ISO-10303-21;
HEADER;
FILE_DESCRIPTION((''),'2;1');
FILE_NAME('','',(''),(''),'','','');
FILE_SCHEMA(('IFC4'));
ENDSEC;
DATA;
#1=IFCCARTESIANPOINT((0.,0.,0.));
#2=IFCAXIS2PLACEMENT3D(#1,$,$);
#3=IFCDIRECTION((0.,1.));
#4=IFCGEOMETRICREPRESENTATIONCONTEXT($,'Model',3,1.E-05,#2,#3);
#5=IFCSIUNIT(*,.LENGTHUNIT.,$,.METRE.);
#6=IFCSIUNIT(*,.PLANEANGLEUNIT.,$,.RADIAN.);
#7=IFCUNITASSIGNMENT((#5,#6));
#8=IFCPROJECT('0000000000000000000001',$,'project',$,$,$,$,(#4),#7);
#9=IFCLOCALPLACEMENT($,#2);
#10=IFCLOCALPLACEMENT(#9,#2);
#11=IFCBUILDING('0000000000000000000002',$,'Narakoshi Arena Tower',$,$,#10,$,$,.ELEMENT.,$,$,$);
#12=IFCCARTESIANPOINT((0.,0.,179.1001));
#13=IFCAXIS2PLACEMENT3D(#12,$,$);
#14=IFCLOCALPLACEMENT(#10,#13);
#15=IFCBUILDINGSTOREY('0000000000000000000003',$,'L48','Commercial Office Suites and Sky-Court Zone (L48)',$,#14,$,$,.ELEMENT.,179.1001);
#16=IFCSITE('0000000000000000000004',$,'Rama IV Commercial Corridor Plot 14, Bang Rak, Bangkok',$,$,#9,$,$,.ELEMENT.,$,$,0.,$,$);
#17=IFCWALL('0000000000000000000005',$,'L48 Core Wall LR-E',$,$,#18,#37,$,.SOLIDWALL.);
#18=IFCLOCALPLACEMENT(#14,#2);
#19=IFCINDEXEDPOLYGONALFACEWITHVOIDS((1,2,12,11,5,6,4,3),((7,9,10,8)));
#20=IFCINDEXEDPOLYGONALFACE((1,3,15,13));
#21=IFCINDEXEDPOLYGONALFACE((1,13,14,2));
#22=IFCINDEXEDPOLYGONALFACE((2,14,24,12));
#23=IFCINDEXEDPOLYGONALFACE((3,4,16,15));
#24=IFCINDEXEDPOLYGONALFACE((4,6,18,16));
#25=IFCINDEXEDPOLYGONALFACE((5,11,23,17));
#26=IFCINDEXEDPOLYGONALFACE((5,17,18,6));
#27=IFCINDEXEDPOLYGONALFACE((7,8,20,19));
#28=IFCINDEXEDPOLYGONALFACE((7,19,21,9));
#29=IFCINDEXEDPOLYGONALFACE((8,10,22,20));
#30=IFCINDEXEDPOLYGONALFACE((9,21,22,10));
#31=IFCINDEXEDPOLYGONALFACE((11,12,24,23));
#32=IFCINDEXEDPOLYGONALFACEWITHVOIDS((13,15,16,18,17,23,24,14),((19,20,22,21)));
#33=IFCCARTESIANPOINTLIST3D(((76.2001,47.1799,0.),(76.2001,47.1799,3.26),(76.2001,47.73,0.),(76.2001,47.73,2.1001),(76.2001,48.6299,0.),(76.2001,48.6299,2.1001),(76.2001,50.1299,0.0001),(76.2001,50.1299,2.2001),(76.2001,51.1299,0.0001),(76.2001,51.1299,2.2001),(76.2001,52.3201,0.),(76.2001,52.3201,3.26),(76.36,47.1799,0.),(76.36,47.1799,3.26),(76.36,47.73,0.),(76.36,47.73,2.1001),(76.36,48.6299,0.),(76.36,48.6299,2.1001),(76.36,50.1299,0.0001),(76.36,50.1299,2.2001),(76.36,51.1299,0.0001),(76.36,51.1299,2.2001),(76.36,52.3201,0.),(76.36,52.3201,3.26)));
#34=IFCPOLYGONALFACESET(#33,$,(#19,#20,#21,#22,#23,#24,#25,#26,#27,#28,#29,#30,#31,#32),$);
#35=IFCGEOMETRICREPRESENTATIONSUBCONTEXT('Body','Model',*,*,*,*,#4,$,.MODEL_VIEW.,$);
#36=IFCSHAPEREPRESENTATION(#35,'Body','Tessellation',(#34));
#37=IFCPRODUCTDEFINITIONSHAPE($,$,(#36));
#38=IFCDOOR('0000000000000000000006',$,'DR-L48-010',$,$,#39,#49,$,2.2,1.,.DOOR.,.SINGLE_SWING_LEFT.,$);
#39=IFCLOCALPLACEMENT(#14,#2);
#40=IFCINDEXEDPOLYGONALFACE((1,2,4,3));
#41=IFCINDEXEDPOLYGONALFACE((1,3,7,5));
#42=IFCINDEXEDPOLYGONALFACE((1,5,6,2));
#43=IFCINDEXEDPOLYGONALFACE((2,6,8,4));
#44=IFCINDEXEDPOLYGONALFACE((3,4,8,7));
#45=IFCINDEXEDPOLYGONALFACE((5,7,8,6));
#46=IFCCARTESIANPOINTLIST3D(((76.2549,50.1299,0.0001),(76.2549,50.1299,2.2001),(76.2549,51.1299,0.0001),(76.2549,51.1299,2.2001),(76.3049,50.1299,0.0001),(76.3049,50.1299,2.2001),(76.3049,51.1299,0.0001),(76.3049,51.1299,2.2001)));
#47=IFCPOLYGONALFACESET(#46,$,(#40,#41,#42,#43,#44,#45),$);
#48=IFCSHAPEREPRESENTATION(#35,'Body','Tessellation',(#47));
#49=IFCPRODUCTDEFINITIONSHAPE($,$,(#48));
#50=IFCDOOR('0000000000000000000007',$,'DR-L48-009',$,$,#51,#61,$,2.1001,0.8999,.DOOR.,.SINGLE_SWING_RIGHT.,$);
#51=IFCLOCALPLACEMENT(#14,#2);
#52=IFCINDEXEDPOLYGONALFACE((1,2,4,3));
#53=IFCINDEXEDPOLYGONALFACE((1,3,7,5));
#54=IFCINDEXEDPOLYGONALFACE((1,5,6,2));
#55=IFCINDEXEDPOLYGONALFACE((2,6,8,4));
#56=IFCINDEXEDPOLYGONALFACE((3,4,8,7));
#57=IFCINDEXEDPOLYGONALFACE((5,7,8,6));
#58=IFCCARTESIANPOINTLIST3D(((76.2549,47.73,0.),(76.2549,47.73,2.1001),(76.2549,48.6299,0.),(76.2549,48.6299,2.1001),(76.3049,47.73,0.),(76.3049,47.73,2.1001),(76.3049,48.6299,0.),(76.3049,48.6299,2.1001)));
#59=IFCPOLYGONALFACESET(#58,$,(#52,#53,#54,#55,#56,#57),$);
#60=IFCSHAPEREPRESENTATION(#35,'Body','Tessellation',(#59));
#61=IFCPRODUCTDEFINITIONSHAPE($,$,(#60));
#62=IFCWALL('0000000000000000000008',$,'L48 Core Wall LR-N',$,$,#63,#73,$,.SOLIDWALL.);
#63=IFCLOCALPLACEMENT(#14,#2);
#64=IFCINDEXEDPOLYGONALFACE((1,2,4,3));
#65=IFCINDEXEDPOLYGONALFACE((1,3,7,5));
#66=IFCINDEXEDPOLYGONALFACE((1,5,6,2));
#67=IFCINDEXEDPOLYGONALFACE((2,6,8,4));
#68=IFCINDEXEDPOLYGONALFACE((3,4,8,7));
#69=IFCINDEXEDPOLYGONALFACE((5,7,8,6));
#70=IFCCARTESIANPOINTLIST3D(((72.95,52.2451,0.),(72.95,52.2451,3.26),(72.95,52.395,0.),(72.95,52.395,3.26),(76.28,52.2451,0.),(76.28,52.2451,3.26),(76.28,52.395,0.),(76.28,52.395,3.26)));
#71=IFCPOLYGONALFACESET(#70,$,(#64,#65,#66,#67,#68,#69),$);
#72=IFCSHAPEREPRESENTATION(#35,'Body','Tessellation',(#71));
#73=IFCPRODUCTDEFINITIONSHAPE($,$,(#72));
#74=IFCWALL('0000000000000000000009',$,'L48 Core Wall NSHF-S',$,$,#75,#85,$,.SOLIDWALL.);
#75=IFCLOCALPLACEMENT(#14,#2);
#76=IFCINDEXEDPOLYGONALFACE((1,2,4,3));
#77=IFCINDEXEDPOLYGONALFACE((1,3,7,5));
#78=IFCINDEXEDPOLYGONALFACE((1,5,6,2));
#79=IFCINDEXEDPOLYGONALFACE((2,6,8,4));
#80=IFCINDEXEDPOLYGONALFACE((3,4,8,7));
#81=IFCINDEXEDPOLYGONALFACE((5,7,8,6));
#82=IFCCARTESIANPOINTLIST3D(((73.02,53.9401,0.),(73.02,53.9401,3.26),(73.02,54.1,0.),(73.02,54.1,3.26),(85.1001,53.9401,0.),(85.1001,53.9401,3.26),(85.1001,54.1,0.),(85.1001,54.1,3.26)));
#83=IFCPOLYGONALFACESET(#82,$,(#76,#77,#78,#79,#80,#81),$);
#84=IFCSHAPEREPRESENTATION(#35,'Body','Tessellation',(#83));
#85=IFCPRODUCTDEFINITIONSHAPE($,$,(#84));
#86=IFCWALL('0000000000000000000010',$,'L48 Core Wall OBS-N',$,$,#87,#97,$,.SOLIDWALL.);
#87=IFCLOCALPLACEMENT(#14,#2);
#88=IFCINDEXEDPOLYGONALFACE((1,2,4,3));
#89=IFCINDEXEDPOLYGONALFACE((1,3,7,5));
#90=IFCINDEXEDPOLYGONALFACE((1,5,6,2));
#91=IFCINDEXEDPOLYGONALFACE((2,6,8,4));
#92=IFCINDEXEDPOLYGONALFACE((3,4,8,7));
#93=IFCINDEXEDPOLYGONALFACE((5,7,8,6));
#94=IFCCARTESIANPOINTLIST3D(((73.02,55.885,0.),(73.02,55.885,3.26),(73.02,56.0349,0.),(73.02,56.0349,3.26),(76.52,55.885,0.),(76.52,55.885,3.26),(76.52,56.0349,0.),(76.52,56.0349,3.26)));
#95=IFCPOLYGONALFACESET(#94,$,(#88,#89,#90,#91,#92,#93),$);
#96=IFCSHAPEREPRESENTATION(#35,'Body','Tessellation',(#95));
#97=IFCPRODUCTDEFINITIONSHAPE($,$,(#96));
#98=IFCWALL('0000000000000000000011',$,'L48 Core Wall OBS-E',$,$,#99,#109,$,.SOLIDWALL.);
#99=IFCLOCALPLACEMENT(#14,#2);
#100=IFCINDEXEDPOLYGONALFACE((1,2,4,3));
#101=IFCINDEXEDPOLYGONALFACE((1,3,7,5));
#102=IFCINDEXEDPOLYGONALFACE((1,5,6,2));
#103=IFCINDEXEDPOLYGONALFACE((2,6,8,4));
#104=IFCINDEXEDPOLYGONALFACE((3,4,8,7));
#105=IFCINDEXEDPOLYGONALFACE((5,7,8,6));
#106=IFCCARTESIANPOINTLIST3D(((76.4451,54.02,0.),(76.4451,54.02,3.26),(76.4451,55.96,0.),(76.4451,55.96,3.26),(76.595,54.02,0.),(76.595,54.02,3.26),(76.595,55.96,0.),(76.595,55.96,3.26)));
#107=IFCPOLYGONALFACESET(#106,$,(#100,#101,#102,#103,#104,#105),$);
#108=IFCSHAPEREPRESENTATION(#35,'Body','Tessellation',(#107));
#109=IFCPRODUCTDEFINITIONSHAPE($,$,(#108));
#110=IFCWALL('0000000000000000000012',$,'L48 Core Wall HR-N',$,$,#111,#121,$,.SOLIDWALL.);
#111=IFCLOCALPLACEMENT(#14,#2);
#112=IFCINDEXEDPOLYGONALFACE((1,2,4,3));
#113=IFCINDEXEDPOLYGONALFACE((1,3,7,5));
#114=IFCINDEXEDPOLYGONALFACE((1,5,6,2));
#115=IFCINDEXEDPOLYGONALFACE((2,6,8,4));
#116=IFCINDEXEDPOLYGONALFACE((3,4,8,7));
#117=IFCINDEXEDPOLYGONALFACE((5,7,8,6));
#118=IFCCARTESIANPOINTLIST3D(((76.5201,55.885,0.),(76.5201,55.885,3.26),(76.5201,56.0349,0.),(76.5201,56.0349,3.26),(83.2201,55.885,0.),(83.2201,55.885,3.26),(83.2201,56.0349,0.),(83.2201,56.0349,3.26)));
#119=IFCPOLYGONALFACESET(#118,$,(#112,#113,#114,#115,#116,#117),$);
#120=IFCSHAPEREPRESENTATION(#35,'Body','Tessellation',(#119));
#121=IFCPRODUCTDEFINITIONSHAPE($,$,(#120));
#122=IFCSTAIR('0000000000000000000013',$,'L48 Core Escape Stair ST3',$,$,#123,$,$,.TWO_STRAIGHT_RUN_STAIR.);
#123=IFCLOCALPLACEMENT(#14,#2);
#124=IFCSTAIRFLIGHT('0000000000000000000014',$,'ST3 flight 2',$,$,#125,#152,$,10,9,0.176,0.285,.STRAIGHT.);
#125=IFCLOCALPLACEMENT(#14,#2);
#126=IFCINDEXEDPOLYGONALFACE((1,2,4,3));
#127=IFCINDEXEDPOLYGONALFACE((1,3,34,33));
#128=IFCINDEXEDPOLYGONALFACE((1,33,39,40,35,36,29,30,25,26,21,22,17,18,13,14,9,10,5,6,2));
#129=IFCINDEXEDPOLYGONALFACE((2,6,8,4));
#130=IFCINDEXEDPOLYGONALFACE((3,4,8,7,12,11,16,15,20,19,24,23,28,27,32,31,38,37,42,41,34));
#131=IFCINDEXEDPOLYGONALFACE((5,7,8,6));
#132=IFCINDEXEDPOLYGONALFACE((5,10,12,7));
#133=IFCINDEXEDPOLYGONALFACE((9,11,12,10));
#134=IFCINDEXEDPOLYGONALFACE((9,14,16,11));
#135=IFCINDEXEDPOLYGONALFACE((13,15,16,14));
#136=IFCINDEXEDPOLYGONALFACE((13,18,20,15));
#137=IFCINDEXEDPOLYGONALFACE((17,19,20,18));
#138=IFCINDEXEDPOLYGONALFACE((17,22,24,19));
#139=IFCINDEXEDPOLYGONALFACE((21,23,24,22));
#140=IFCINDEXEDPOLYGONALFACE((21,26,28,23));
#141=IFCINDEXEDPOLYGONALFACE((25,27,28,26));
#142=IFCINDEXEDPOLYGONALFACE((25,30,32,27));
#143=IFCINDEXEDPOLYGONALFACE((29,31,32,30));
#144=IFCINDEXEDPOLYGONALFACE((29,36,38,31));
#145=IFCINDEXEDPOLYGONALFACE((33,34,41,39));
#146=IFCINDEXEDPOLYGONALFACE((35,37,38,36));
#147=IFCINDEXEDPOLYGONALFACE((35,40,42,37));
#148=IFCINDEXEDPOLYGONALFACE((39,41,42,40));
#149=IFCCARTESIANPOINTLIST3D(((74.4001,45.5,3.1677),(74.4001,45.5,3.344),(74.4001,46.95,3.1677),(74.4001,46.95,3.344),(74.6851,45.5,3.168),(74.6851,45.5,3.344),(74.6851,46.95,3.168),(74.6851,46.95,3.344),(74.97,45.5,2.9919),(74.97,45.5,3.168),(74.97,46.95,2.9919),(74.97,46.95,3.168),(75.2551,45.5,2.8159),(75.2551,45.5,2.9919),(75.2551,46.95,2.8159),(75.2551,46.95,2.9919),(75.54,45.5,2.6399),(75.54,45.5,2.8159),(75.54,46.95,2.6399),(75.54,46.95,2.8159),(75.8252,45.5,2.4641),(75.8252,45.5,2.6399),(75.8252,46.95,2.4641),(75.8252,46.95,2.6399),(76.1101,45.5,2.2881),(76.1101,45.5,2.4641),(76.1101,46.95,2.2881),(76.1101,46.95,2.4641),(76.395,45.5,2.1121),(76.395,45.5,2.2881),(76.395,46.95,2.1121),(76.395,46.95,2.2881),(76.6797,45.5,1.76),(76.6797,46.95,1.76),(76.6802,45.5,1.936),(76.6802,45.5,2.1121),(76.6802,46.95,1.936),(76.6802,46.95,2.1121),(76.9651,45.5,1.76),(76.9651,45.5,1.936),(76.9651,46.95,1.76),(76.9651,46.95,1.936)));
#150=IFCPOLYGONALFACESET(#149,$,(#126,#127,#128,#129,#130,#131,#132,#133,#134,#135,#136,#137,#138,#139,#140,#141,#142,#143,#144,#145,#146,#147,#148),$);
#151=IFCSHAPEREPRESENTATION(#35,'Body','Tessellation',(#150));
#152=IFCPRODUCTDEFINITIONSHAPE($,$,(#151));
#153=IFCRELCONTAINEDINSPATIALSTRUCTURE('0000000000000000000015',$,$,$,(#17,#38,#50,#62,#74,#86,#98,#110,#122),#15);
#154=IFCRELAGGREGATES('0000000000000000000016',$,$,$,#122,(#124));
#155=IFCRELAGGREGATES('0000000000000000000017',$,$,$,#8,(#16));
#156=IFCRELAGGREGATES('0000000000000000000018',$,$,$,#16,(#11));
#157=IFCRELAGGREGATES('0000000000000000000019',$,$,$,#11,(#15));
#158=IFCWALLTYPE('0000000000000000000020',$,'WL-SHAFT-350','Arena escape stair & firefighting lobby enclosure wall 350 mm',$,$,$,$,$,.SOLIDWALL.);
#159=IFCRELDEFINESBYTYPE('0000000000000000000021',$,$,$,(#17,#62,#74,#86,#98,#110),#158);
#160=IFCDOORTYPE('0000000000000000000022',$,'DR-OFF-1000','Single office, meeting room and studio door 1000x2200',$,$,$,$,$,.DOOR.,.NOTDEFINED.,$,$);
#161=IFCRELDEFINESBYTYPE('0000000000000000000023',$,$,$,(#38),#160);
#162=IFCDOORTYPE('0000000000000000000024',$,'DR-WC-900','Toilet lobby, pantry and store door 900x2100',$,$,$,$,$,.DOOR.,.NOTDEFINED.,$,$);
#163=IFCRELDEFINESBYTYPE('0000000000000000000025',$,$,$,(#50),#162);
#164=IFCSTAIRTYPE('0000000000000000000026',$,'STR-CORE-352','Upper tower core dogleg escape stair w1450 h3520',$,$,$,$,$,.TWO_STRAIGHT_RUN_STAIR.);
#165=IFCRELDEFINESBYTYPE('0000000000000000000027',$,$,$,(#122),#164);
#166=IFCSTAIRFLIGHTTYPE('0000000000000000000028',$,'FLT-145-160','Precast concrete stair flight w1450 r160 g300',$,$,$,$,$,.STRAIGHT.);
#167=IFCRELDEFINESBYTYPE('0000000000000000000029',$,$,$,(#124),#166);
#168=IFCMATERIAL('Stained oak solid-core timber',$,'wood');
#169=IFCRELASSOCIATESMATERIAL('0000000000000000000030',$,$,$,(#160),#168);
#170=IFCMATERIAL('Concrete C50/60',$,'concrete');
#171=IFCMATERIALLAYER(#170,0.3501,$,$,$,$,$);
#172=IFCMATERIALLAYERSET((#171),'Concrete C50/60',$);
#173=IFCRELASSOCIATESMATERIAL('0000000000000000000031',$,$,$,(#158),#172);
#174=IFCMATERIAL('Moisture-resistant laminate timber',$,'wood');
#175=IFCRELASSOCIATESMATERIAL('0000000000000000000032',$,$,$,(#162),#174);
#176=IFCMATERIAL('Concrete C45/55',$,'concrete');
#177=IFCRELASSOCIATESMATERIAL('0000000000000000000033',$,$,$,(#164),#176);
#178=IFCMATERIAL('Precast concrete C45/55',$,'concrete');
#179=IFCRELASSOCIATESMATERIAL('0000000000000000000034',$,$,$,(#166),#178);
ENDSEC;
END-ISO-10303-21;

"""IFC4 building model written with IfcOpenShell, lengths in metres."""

from ifc_helpers import new_model, si_unit, direction, frame, frame_2d, origin, place, context, subcontext, project, spatial, polyline, rectangle, outline, extrude, material, layer, layer_set, type_object, element, fill, aggregate, save


model = new_model("IFC4")

# Units and contexts
model_context = context("Model", 3, precision=1e-05, world=origin(), true_north=direction((0.0, 1.0)))
body_context = subcontext(model_context, "Body", "Model", "MODEL_VIEW")
ifc_project = project(units=[si_unit("LENGTHUNIT", "METRE"), si_unit("PLANEANGLEUNIT", "RADIAN")], contexts=[model_context])

# Site, building, storey
site_placement = place(None, origin())
site = spatial("IfcSite", under=ifc_project, at=site_placement, Name="Rama IV Commercial Corridor Plot 14, Bang Rak, Bangkok", CompositionType="ELEMENT", RefElevation=0.0)
building_placement = place(site_placement, origin())
building = spatial("IfcBuilding", under=site, at=building_placement, Name="Narakoshi Arena Tower", CompositionType="ELEMENT")
storey_placement = place(building_placement, frame((0.0, 0.0, 179.1001)))
storey = spatial("IfcBuildingStorey", under=building, at=storey_placement, Name="L48", Description="Commercial Office Suites and Sky-Court Zone (L48)", CompositionType="ELEMENT", Elevation=179.1001)

# Shared definitions
ifc_material_1 = material(Name="Stained oak solid-core timber", Category="wood")
door_type_1 = type_object("IfcDoorType", Name="DR-OFF-1000", Description="Single office, meeting room and studio door 1000x2200", OperationType="NOTDEFINED", PredefinedType="DOOR", material=ifc_material_1)

# Shared definitions
ifc_material_2 = material(Name="Concrete C50/60", Category="concrete")
ifc_layer_1 = layer(ifc_material_2, 0.3501)
ifc_layer_set_1 = layer_set([ifc_layer_1], Name="Concrete C50/60")
wall_type_1 = type_object("IfcWallType", Name="WL-SHAFT-350", Description="Arena escape stair & firefighting lobby enclosure wall 350 mm", PredefinedType="SOLIDWALL", material=ifc_layer_set_1)

# Wall, openings, doors
wall_1_placement = place(storey_placement, frame((76.28, 47.1799, 0.0), z_axis=(0.0, 0.0, 1.0), x_axis=(0.0, 1.0, 0.0)))
wall_1 = element("IfcWall", 1, at=wall_1_placement, inside=storey, type_object=wall_type_1, Name="L48 Core Wall LR-E", PredefinedType="SOLIDWALL", context=body_context, shape_type="SweptSolid", body=[
    extrude(rectangle(XDim=5.1401, YDim=0.1599, at=frame_2d((2.5701, 0.0))), origin(), (0.0, 0.0, 1.0), 3.26),
])
opening_1_placement = place(wall_1_placement, frame((0.55, 0.0, 0.0)))
opening_1 = element("IfcOpeningElement", 2, at=opening_1_placement, cuts=wall_1, PredefinedType="OPENING", context=body_context, shape_type="SweptSolid", body=[
    extrude(rectangle(XDim=0.8999, YDim=2.1001, at=frame_2d((0.45, 1.05))), frame((0.0, 0.0898, 0.0), z_axis=(0.0, -1.0, 0.0), x_axis=(1.0, 0.0, 0.0)), (0.0, 0.0, 1.0), 0.1799),
])
opening_2_placement = place(wall_1_placement, frame((2.95, 0.0, 0.0)))
opening_2 = element("IfcOpeningElement", 3, at=opening_2_placement, cuts=wall_1, PredefinedType="OPENING", context=body_context, shape_type="SweptSolid", body=[
    extrude(rectangle(XDim=1.0, YDim=2.2, at=frame_2d((0.5, 1.1001))), frame((0.0, 0.0898, 0.0), z_axis=(0.0, -1.0, 0.0), x_axis=(1.0, 0.0, 0.0)), (0.0, 0.0, 1.0), 0.1799),
])
door_1_placement = place(opening_2_placement, frame((1.0, 0.0, 0.0), z_axis=(0.0, 0.0, 1.0), x_axis=(-1.0, 0.0, 0.0)))
door_1 = element("IfcDoor", 4, at=door_1_placement, inside=storey, type_object=door_type_1, Name="DR-L48-010", OperationType="SINGLE_SWING_LEFT", OverallHeight=2.2, OverallWidth=1.0, PredefinedType="DOOR", context=body_context, shape_type="SweptSolid", body=[
    extrude(rectangle(XDim=1.0, YDim=2.2, at=frame_2d((0.5, 1.1001))), frame((0.0, 0.0249, 0.0), z_axis=(0.0, -1.0, 0.0), x_axis=(1.0, 0.0, 0.0)), (0.0, 0.0, 1.0), 0.05),
])
fill(opening_2, door_1)
ifc_material_3 = material(Name="Moisture-resistant laminate timber", Category="wood")
door_type_2 = type_object("IfcDoorType", Name="DR-WC-900", Description="Toilet lobby, pantry and store door 900x2100", OperationType="NOTDEFINED", PredefinedType="DOOR", material=ifc_material_3)
door_2_placement = place(opening_1_placement, frame((0.8999, 0.0, 0.0), z_axis=(0.0, 0.0, 1.0), x_axis=(-1.0, 0.0, 0.0)))
door_2 = element("IfcDoor", 5, at=door_2_placement, inside=storey, type_object=door_type_2, Name="DR-L48-009", OperationType="SINGLE_SWING_RIGHT", OverallHeight=2.1001, OverallWidth=0.8999, PredefinedType="DOOR", context=body_context, shape_type="SweptSolid", body=[
    extrude(rectangle(XDim=0.8999, YDim=2.1001, at=frame_2d((0.45, 1.05))), frame((0.0, 0.0249, 0.0), z_axis=(0.0, -1.0, 0.0), x_axis=(1.0, 0.0, 0.0)), (0.0, 0.0, 1.0), 0.05),
])
fill(opening_1, door_2)

# Walls
wall_2_placement = place(storey_placement, frame((72.95, 52.3201, 0.0), z_axis=(0.0, 0.0, 1.0), x_axis=(1.0, 0.0, 0.0)))
element("IfcWall", 6, at=wall_2_placement, inside=storey, type_object=wall_type_1, Name="L48 Core Wall LR-N", PredefinedType="SOLIDWALL", context=body_context, shape_type="SweptSolid", body=[
    extrude(rectangle(XDim=3.3301, YDim=0.1499, at=frame_2d((1.665, 0.0))), origin(), (0.0, 0.0, 1.0), 3.26),
])
wall_3_placement = place(storey_placement, frame((73.02, 54.02, 0.0), z_axis=(0.0, 0.0, 1.0), x_axis=(1.0, 0.0, 0.0)))
element("IfcWall", 7, at=wall_3_placement, inside=storey, type_object=wall_type_1, Name="L48 Core Wall NSHF-S", PredefinedType="SOLIDWALL", context=body_context, shape_type="SweptSolid", body=[
    extrude(rectangle(XDim=12.0801, YDim=0.1599, at=frame_2d((6.04, 0.0))), origin(), (0.0, 0.0, 1.0), 3.26),
])
wall_4_placement = place(storey_placement, frame((73.02, 55.96, 0.0), z_axis=(0.0, 0.0, 1.0), x_axis=(1.0, 0.0, 0.0)))
element("IfcWall", 8, at=wall_4_placement, inside=storey, type_object=wall_type_1, Name="L48 Core Wall OBS-N", PredefinedType="SOLIDWALL", context=body_context, shape_type="SweptSolid", body=[
    extrude(rectangle(XDim=3.5, YDim=0.1499, at=frame_2d((1.75, 0.0))), origin(), (0.0, 0.0, 1.0), 3.26),
])
wall_5_placement = place(storey_placement, frame((76.52, 54.02, 0.0), z_axis=(0.0, 0.0, 1.0), x_axis=(0.0, 1.0, 0.0)))
element("IfcWall", 9, at=wall_5_placement, inside=storey, type_object=wall_type_1, Name="L48 Core Wall OBS-E", PredefinedType="SOLIDWALL", context=body_context, shape_type="SweptSolid", body=[
    extrude(rectangle(XDim=1.9399, YDim=0.1499, at=frame_2d((0.97, 0.0))), origin(), (0.0, 0.0, 1.0), 3.26),
])
wall_6_placement = place(storey_placement, frame((76.52, 55.96, 0.0), z_axis=(0.0, 0.0, 1.0), x_axis=(1.0, 0.0, 0.0)))
element("IfcWall", 10, at=wall_6_placement, inside=storey, type_object=wall_type_1, Name="L48 Core Wall HR-N", PredefinedType="SOLIDWALL", context=body_context, shape_type="SweptSolid", body=[
    extrude(rectangle(XDim=6.7, YDim=0.1499, at=frame_2d((3.3501, 0.0))), origin(), (0.0, 0.0, 1.0), 3.26),
])

# Stair, stair flight
ifc_material_4 = material(Name="Concrete C45/55", Category="concrete")
stair_type = type_object("IfcStairType", Name="STR-CORE-352", Description="Upper tower core dogleg escape stair w1450 h3520", PredefinedType="TWO_STRAIGHT_RUN_STAIR", material=ifc_material_4)
stair_placement = place(storey_placement, origin())
stair = element("IfcStair", 11, at=stair_placement, inside=storey, type_object=stair_type, Name="L48 Core Escape Stair ST3", PredefinedType="TWO_STRAIGHT_RUN_STAIR")
ifc_material_5 = material(Name="Precast concrete C45/55", Category="concrete")
stair_flight_type = type_object("IfcStairFlightType", Name="FLT-145-160", Description="Precast concrete stair flight w1450 r160 g300", PredefinedType="STRAIGHT", material=ifc_material_5)
stair_flight_placement = place(storey_placement, frame((76.9651, 46.2251, 1.76), z_axis=(0.0, 0.0, 1.0), x_axis=(-1.0, 0.0, 0.0)))
stair_flight = element("IfcStairFlight", 12, at=stair_flight_placement, type_object=stair_flight_type, Name="ST3 flight 2", NumberOfRisers=10, NumberOfTreads=9, PredefinedType="STRAIGHT", RiserHeight=0.176, TreadLength=0.285, context=body_context, shape_type="SweptSolid", body=[
    extrude(outline(polyline([(0.0, 0.0), (0.0, 0.176), (0.2849, 0.176), (0.2849, 0.3521), (0.5701, 0.3521), (0.5701, 0.5281), (0.855, 0.5281), (0.855, 0.7041), (1.1399, 0.7041), (1.1399, 0.8799), (1.425, 0.8799), (1.425, 1.0559), (1.71, 1.0559), (1.71, 1.2319), (1.9951, 1.2319), (1.9951, 1.408), (2.28, 1.408), (2.28, 1.584), (2.5649, 1.584), (2.5649, 1.76), (2.5649, 1.4077), (0.2854, 0.0), (0.0, 0.0)])), frame((0.0, 0.7251, 0.0), z_axis=(0.0, -1.0, 0.0), x_axis=(1.0, 0.0, 0.0)), (0.0, 0.0, 1.0), 1.45),
])
aggregate(stair, [stair_flight])

save(model, "model.ifc")
